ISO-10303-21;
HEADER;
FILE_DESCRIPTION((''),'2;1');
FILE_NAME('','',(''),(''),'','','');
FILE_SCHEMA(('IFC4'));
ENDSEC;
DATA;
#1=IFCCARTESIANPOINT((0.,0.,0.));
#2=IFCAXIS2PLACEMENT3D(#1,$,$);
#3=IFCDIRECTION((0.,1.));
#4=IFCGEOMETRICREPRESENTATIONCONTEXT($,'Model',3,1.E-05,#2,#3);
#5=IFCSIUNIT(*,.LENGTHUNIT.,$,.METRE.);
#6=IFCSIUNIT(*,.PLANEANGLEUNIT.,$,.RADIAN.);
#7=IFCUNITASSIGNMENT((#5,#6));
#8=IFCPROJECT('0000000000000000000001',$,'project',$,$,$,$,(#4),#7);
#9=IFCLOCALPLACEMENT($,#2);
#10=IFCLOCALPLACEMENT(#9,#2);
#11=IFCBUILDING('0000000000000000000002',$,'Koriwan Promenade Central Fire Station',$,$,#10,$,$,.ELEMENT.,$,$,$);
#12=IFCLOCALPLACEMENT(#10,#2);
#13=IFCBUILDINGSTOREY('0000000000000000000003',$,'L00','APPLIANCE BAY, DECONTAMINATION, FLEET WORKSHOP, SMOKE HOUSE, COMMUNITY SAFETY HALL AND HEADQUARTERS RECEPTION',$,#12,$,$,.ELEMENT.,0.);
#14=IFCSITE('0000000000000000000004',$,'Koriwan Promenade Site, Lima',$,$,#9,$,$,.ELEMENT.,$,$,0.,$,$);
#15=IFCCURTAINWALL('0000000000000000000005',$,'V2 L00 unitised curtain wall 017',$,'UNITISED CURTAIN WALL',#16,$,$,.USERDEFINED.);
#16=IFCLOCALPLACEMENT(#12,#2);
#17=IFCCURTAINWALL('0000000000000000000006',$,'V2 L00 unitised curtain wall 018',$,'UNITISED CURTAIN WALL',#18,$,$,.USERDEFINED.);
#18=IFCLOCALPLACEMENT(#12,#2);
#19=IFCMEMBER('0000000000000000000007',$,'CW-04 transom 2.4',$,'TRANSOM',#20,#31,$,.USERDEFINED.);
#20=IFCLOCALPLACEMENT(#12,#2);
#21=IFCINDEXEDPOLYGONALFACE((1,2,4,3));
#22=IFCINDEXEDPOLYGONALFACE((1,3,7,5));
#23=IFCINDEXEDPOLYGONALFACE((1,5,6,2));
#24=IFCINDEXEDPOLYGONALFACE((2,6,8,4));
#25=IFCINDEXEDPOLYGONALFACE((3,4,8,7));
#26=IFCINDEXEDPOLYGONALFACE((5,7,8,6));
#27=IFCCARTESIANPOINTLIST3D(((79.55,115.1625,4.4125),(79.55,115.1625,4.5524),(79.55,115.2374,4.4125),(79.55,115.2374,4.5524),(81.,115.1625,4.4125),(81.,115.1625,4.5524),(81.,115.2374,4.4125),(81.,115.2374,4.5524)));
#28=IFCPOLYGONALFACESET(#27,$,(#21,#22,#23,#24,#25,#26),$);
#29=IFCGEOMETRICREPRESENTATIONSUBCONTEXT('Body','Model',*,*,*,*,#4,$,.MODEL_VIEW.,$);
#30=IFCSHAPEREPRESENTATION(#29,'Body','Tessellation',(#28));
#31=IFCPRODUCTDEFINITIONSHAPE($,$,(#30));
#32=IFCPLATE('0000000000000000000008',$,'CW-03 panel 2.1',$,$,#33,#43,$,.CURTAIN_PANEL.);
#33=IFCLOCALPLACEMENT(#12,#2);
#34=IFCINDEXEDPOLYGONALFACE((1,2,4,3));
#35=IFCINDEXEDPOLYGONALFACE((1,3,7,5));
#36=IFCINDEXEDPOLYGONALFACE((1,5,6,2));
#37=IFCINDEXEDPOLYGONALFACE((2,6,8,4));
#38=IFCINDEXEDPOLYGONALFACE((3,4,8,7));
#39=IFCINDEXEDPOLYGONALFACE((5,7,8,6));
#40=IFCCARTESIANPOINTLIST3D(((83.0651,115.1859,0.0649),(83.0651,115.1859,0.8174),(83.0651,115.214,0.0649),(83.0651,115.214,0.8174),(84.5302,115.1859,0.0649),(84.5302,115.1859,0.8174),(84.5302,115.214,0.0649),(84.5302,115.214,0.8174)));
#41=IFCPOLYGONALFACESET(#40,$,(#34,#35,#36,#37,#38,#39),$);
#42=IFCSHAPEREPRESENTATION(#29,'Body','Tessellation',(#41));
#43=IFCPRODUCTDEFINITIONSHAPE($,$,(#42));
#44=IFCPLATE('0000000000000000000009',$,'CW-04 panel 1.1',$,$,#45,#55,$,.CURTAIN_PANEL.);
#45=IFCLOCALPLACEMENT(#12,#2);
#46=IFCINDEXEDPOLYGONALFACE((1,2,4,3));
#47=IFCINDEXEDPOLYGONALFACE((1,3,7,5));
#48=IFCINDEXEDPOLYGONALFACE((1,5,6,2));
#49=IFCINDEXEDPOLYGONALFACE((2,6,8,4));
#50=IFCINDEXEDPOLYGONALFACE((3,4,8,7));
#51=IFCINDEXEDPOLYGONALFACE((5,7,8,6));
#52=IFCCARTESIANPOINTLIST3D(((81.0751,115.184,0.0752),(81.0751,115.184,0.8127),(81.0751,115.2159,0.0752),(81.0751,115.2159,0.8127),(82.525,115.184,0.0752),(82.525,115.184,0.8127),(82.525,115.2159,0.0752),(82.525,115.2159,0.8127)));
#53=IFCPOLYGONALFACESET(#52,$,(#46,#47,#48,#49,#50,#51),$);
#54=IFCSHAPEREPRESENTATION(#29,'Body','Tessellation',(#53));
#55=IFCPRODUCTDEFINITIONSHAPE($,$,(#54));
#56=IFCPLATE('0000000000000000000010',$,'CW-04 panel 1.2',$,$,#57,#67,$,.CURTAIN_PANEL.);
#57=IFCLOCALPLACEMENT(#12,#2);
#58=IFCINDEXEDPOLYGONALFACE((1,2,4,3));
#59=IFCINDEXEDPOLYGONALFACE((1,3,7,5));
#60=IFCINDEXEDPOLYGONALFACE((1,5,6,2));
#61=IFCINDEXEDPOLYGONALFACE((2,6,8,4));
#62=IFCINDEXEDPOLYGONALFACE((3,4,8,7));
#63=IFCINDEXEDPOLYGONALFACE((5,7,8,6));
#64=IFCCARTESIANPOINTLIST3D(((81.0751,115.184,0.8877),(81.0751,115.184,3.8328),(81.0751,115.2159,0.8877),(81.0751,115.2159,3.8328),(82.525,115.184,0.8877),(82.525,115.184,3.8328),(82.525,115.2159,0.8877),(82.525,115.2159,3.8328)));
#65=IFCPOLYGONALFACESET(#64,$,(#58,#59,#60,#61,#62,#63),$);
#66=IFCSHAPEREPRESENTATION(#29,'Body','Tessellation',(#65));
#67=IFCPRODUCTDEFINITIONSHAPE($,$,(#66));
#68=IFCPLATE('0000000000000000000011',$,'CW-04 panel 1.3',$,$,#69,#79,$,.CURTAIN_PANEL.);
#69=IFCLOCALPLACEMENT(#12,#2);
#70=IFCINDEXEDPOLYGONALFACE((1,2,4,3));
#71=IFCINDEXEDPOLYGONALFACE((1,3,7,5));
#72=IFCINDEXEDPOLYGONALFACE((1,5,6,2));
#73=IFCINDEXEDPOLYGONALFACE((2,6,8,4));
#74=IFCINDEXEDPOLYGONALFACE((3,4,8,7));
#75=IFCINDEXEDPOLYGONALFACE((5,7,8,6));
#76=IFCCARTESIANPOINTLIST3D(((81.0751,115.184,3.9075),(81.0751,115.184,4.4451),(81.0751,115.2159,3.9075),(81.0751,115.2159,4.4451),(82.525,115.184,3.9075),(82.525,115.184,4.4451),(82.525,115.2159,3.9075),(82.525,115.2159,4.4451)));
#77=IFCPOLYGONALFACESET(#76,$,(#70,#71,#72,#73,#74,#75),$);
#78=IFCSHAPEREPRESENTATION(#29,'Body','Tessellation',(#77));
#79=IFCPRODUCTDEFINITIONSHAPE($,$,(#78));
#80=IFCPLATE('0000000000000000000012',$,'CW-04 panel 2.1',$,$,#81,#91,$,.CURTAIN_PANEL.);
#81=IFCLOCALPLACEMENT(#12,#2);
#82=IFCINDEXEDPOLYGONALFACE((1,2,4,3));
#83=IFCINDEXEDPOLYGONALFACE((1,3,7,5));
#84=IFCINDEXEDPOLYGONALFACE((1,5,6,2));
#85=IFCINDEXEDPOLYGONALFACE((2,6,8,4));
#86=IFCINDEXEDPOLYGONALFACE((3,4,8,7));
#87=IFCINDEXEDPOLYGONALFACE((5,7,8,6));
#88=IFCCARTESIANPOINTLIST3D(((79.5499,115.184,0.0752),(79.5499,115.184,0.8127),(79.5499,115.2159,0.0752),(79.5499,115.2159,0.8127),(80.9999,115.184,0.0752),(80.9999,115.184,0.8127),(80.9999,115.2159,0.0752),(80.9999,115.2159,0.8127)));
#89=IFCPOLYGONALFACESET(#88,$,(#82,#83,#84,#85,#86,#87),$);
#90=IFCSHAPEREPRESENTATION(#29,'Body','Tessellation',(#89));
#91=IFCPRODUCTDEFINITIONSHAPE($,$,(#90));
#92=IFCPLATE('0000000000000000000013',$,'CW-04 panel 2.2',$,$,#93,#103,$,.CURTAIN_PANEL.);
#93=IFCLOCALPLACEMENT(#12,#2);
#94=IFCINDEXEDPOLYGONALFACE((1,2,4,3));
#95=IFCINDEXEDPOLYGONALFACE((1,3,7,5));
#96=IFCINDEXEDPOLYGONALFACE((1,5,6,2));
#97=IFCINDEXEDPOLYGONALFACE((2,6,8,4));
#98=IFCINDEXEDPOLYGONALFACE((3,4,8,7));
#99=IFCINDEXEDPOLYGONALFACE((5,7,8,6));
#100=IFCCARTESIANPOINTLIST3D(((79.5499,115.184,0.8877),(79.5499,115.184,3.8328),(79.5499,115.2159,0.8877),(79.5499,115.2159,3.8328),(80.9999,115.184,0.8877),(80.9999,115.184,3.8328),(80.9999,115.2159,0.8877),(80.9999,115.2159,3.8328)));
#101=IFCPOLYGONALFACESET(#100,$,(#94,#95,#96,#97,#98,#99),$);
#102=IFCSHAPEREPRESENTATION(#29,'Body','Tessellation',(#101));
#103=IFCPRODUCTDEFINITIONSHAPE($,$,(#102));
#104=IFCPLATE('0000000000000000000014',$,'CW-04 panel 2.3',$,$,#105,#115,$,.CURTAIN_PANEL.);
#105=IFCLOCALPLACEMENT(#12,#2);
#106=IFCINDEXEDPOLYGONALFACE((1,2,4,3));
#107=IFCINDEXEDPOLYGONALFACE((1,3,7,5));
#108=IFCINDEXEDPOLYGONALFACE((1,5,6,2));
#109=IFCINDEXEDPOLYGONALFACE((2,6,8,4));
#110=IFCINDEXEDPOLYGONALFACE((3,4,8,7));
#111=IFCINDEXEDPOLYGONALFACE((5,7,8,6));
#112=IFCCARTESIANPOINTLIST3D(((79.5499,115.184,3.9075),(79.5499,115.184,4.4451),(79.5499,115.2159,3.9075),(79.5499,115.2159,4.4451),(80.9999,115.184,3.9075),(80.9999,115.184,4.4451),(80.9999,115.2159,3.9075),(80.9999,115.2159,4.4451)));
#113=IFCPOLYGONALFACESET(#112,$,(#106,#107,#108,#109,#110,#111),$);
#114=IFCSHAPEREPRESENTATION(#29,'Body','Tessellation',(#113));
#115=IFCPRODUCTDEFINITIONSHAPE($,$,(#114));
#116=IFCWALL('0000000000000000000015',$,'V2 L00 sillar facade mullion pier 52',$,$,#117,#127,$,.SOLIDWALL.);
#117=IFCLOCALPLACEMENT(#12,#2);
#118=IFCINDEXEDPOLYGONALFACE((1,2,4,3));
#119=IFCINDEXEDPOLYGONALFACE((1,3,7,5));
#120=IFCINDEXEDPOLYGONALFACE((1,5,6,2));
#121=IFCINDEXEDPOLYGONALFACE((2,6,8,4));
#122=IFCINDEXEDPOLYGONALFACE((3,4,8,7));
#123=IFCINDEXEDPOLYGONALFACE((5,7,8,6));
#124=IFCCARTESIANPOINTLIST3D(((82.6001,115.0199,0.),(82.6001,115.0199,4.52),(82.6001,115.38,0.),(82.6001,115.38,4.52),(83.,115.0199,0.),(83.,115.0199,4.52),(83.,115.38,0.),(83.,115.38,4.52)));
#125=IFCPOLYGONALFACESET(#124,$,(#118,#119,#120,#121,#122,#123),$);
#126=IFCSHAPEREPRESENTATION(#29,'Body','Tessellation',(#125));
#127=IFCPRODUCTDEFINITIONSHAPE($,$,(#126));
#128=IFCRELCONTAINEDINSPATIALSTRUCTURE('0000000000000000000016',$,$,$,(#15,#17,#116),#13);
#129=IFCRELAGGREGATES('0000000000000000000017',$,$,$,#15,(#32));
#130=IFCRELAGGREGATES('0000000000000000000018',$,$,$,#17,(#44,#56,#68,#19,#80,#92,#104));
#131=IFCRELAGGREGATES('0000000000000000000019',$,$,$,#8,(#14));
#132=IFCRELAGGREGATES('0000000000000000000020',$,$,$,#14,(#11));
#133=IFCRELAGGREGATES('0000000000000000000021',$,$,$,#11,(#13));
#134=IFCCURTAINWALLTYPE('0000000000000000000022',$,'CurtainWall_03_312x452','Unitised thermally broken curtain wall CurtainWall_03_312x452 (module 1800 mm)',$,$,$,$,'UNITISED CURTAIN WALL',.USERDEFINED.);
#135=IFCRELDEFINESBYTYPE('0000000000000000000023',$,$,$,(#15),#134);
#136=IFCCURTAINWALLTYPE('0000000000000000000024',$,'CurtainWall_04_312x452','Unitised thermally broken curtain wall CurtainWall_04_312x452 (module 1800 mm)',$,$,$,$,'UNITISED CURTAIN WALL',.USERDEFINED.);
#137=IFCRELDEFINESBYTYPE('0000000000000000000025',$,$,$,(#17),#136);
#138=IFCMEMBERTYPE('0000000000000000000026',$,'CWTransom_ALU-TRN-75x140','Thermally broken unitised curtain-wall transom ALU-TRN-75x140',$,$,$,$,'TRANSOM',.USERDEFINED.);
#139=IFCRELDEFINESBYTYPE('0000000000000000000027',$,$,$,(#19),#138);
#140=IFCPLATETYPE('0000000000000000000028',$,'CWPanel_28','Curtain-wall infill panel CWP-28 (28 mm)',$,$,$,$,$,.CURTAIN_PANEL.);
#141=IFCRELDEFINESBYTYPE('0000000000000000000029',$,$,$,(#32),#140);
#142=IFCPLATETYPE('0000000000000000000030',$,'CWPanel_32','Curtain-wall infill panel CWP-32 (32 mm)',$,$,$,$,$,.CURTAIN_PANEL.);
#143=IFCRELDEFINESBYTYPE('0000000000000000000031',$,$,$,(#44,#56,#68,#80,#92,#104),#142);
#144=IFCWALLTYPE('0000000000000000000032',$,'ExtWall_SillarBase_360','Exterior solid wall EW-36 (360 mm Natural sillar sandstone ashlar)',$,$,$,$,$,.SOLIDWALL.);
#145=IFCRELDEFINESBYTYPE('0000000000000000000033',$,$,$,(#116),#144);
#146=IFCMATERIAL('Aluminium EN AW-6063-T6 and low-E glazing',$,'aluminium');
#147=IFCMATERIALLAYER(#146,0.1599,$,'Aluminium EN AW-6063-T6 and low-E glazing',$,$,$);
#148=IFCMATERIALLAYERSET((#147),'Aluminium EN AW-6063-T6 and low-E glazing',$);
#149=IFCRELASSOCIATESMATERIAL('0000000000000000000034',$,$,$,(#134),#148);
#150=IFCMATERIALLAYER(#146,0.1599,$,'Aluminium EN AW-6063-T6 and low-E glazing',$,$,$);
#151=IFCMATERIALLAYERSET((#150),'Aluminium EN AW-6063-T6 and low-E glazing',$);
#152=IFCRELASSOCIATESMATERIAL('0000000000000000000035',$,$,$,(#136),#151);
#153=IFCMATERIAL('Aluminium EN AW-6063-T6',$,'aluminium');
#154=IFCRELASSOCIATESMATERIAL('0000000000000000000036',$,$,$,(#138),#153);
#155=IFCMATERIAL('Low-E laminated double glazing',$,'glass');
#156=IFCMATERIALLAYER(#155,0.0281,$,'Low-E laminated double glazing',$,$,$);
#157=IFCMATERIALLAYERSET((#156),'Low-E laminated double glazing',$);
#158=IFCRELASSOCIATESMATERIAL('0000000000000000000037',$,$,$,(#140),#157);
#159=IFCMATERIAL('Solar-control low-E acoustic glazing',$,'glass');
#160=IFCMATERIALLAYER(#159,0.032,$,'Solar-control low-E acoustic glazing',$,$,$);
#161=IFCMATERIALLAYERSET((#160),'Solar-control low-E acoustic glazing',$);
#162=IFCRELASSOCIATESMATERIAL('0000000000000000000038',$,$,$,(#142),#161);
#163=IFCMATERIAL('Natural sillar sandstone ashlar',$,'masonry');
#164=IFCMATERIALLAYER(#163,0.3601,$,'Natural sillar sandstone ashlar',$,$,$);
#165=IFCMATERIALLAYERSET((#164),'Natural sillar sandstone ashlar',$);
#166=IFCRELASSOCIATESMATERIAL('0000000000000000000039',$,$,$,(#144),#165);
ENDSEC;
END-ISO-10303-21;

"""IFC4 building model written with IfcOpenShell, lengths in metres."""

from ifc_helpers import new_model, si_unit, direction, frame, frame_2d, origin, origin_2d, place, context, subcontext, project, spatial, rectangle, extrude, material, layer, layer_set, material_profile, profile_set, type_object, element, aggregate, save


model = new_model("IFC4")

# Units and contexts
model_context = context("Model", 3, precision=1e-05, world=origin(), true_north=direction((0.0, 1.0)))
body_context = subcontext(model_context, "Body", "Model", "MODEL_VIEW")
ifc_project = project(units=[si_unit("LENGTHUNIT", "METRE"), si_unit("PLANEANGLEUNIT", "RADIAN")], contexts=[model_context])

# Site, building, storey
site_placement = place(None, origin())
site = spatial("IfcSite", under=ifc_project, at=site_placement, Name="Koriwan Promenade Site, Lima", CompositionType="ELEMENT", RefElevation=0.0)
building_placement = place(site_placement, origin())
building = spatial("IfcBuilding", under=site, at=building_placement, Name="Koriwan Promenade Central Fire Station", CompositionType="ELEMENT")
storey_placement = place(building_placement, origin())
storey = spatial("IfcBuildingStorey", under=building, at=storey_placement, Name="L00", Description="APPLIANCE BAY, DECONTAMINATION, FLEET WORKSHOP, SMOKE HOUSE, COMMUNITY SAFETY HALL AND HEADQUARTERS RECEPTION", CompositionType="ELEMENT", Elevation=0.0)

# Curtain wall
ifc_material_1 = material(Name="Aluminium EN AW-6063-T6 and low-E glazing", Category="aluminium")
ifc_layer_1 = layer(ifc_material_1, 0.1599, Name="Aluminium EN AW-6063-T6 and low-E glazing")
ifc_layer_set_1 = layer_set([ifc_layer_1], Name="Aluminium EN AW-6063-T6 and low-E glazing")
curtain_wall_type_1 = type_object("IfcCurtainWallType", Name="CurtainWall_03_312x452", Description="Unitised thermally broken curtain wall CurtainWall_03_312x452 (module 1800 mm)", ElementType="UNITISED CURTAIN WALL", PredefinedType="USERDEFINED", material=ifc_layer_set_1)
curtain_wall_1_placement = place(storey_placement, origin())
curtain_wall_1 = element("IfcCurtainWall", 1, at=curtain_wall_1_placement, inside=storey, type_object=curtain_wall_type_1, Name="V2 L00 unitised curtain wall 017", ObjectType="UNITISED CURTAIN WALL", PredefinedType="USERDEFINED")
ifc_material_2 = material(Name="Aluminium EN AW-6063-T6", Category="aluminium")

# Curtain wall
ifc_layer_2 = layer(ifc_material_1, 0.1599, Name="Aluminium EN AW-6063-T6 and low-E glazing")
ifc_layer_set_2 = layer_set([ifc_layer_2], Name="Aluminium EN AW-6063-T6 and low-E glazing")
curtain_wall_type_2 = type_object("IfcCurtainWallType", Name="CurtainWall_04_312x452", Description="Unitised thermally broken curtain wall CurtainWall_04_312x452 (module 1800 mm)", ElementType="UNITISED CURTAIN WALL", PredefinedType="USERDEFINED", material=ifc_layer_set_2)
curtain_wall_2_placement = place(storey_placement, origin())
curtain_wall_2 = element("IfcCurtainWall", 2, at=curtain_wall_2_placement, inside=storey, type_object=curtain_wall_type_2, Name="V2 L00 unitised curtain wall 018", ObjectType="UNITISED CURTAIN WALL", PredefinedType="USERDEFINED")

# Member
ifc_material_profile_1 = material_profile(ifc_material_2, rectangle(XDim=0.075, YDim=0.1399, at=origin_2d()), Name="ALU-TRN-75x140")
ifc_profile_set_1 = profile_set([ifc_material_profile_1], Name="Aluminium EN AW-6063-T6")
member_type_1 = type_object("IfcMemberType", Name="CWTransom_ALU-TRN-75x140", Description="Thermally broken unitised curtain-wall transom ALU-TRN-75x140", ElementType="TRANSOM", PredefinedType="USERDEFINED", material=ifc_profile_set_1)
member_1_placement = place(storey_placement, frame((81.0, 115.2, 4.4824), z_axis=(-1.0, 0.0, 0.0), x_axis=(0.0, -1.0, 0.0)))
member_1 = element("IfcMember", 3, at=member_1_placement, type_object=member_type_1, Name="CW-04 transom 2.4", ObjectType="TRANSOM", PredefinedType="USERDEFINED", context=body_context, shape_type="SweptSolid", body=[
    extrude(rectangle(XDim=0.075, YDim=0.1399, at=origin_2d()), origin(), (0.0, 0.0, 1.0), 1.45),
])

# Plates
ifc_material_3 = material(Name="Low-E laminated double glazing", Category="glass")
ifc_layer_3 = layer(ifc_material_3, 0.0281, Name="Low-E laminated double glazing")
ifc_layer_set_3 = layer_set([ifc_layer_3], Name="Low-E laminated double glazing")
plate_type_1 = type_object("IfcPlateType", Name="CWPanel_28", Description="Curtain-wall infill panel CWP-28 (28 mm)", PredefinedType="CURTAIN_PANEL", material=ifc_layer_set_3)
plate_1_placement = place(storey_placement, frame((83.7976, 115.2, 0.0649), z_axis=(0.0, 0.0, 1.0), x_axis=(-1.0, 0.0, 0.0)))
plate_1 = element("IfcPlate", 4, at=plate_1_placement, type_object=plate_type_1, Name="CW-03 panel 2.1", PredefinedType="CURTAIN_PANEL", context=body_context, shape_type="SweptSolid", body=[
    extrude(rectangle(XDim=1.4651, YDim=0.0281, at=origin_2d()), origin(), (0.0, 0.0, 1.0), 0.7524),
])
aggregate(curtain_wall_1, [plate_1])
ifc_material_4 = material(Name="Solar-control low-E acoustic glazing", Category="glass")
ifc_layer_4 = layer(ifc_material_4, 0.032, Name="Solar-control low-E acoustic glazing")
ifc_layer_set_4 = layer_set([ifc_layer_4], Name="Solar-control low-E acoustic glazing")
plate_type_2 = type_object("IfcPlateType", Name="CWPanel_32", Description="Curtain-wall infill panel CWP-32 (32 mm)", PredefinedType="CURTAIN_PANEL", material=ifc_layer_set_4)
plate_2_placement = place(storey_placement, frame((81.8, 115.2, 0.0752), z_axis=(0.0, 0.0, 1.0), x_axis=(-1.0, 0.0, 0.0)))
plate_2 = element("IfcPlate", 5, at=plate_2_placement, type_object=plate_type_2, Name="CW-04 panel 1.1", PredefinedType="CURTAIN_PANEL", context=body_context, shape_type="SweptSolid", body=[
    extrude(rectangle(XDim=1.45, YDim=0.032, at=origin_2d()), origin(), (0.0, 0.0, 1.0), 0.7375),
])
plate_3_placement = place(storey_placement, frame((81.8, 115.2, 0.8877), z_axis=(0.0, 0.0, 1.0), x_axis=(-1.0, 0.0, 0.0)))
plate_3 = element("IfcPlate", 6, at=plate_3_placement, type_object=plate_type_2, Name="CW-04 panel 1.2", PredefinedType="CURTAIN_PANEL", context=body_context, shape_type="SweptSolid", body=[
    extrude(rectangle(XDim=1.45, YDim=0.032, at=origin_2d()), origin(), (0.0, 0.0, 1.0), 2.9451),
])
plate_4_placement = place(storey_placement, frame((81.8, 115.2, 3.9075), z_axis=(0.0, 0.0, 1.0), x_axis=(-1.0, 0.0, 0.0)))
plate_4 = element("IfcPlate", 7, at=plate_4_placement, type_object=plate_type_2, Name="CW-04 panel 1.3", PredefinedType="CURTAIN_PANEL", context=body_context, shape_type="SweptSolid", body=[
    extrude(rectangle(XDim=1.45, YDim=0.032, at=origin_2d()), origin(), (0.0, 0.0, 1.0), 0.5376),
])
plate_5_placement = place(storey_placement, frame((80.2749, 115.2, 0.0752), z_axis=(0.0, 0.0, 1.0), x_axis=(-1.0, 0.0, 0.0)))
plate_5 = element("IfcPlate", 8, at=plate_5_placement, type_object=plate_type_2, Name="CW-04 panel 2.1", PredefinedType="CURTAIN_PANEL", context=body_context, shape_type="SweptSolid", body=[
    extrude(rectangle(XDim=1.45, YDim=0.032, at=origin_2d()), origin(), (0.0, 0.0, 1.0), 0.7375),
])
plate_6_placement = place(storey_placement, frame((80.2749, 115.2, 0.8877), z_axis=(0.0, 0.0, 1.0), x_axis=(-1.0, 0.0, 0.0)))
plate_6 = element("IfcPlate", 9, at=plate_6_placement, type_object=plate_type_2, Name="CW-04 panel 2.2", PredefinedType="CURTAIN_PANEL", context=body_context, shape_type="SweptSolid", body=[
    extrude(rectangle(XDim=1.45, YDim=0.032, at=origin_2d()), origin(), (0.0, 0.0, 1.0), 2.9451),
])
plate_7_placement = place(storey_placement, frame((80.2749, 115.2, 3.9075), z_axis=(0.0, 0.0, 1.0), x_axis=(-1.0, 0.0, 0.0)))
plate_7 = element("IfcPlate", 10, at=plate_7_placement, type_object=plate_type_2, Name="CW-04 panel 2.3", PredefinedType="CURTAIN_PANEL", context=body_context, shape_type="SweptSolid", body=[
    extrude(rectangle(XDim=1.45, YDim=0.032, at=origin_2d()), origin(), (0.0, 0.0, 1.0), 0.5376),
])
aggregate(curtain_wall_2, [plate_2, plate_3, plate_4, member_1, plate_5, plate_6, plate_7])

# Wall
ifc_material_5 = material(Name="Natural sillar sandstone ashlar", Category="masonry")
ifc_layer_5 = layer(ifc_material_5, 0.3601, Name="Natural sillar sandstone ashlar")
ifc_layer_set_5 = layer_set([ifc_layer_5], Name="Natural sillar sandstone ashlar")
wall_type = type_object("IfcWallType", Name="ExtWall_SillarBase_360", Description="Exterior solid wall EW-36 (360 mm Natural sillar sandstone ashlar)", PredefinedType="SOLIDWALL", material=ifc_layer_set_5)
wall_placement = place(storey_placement, frame((83.0, 115.2, 0.0), z_axis=(0.0, 0.0, 1.0), x_axis=(-1.0, 0.0, 0.0)))
element("IfcWall", 11, at=wall_placement, inside=storey, type_object=wall_type, Name="V2 L00 sillar facade mullion pier 52", PredefinedType="SOLIDWALL", context=body_context, shape_type="SweptSolid", body=[
    extrude(rectangle(XDim=0.3999, YDim=0.3601, at=frame_2d((0.2, 0.0))), origin(), (0.0, 0.0, 1.0), 4.52),
])

save(model, "model.ifc")
